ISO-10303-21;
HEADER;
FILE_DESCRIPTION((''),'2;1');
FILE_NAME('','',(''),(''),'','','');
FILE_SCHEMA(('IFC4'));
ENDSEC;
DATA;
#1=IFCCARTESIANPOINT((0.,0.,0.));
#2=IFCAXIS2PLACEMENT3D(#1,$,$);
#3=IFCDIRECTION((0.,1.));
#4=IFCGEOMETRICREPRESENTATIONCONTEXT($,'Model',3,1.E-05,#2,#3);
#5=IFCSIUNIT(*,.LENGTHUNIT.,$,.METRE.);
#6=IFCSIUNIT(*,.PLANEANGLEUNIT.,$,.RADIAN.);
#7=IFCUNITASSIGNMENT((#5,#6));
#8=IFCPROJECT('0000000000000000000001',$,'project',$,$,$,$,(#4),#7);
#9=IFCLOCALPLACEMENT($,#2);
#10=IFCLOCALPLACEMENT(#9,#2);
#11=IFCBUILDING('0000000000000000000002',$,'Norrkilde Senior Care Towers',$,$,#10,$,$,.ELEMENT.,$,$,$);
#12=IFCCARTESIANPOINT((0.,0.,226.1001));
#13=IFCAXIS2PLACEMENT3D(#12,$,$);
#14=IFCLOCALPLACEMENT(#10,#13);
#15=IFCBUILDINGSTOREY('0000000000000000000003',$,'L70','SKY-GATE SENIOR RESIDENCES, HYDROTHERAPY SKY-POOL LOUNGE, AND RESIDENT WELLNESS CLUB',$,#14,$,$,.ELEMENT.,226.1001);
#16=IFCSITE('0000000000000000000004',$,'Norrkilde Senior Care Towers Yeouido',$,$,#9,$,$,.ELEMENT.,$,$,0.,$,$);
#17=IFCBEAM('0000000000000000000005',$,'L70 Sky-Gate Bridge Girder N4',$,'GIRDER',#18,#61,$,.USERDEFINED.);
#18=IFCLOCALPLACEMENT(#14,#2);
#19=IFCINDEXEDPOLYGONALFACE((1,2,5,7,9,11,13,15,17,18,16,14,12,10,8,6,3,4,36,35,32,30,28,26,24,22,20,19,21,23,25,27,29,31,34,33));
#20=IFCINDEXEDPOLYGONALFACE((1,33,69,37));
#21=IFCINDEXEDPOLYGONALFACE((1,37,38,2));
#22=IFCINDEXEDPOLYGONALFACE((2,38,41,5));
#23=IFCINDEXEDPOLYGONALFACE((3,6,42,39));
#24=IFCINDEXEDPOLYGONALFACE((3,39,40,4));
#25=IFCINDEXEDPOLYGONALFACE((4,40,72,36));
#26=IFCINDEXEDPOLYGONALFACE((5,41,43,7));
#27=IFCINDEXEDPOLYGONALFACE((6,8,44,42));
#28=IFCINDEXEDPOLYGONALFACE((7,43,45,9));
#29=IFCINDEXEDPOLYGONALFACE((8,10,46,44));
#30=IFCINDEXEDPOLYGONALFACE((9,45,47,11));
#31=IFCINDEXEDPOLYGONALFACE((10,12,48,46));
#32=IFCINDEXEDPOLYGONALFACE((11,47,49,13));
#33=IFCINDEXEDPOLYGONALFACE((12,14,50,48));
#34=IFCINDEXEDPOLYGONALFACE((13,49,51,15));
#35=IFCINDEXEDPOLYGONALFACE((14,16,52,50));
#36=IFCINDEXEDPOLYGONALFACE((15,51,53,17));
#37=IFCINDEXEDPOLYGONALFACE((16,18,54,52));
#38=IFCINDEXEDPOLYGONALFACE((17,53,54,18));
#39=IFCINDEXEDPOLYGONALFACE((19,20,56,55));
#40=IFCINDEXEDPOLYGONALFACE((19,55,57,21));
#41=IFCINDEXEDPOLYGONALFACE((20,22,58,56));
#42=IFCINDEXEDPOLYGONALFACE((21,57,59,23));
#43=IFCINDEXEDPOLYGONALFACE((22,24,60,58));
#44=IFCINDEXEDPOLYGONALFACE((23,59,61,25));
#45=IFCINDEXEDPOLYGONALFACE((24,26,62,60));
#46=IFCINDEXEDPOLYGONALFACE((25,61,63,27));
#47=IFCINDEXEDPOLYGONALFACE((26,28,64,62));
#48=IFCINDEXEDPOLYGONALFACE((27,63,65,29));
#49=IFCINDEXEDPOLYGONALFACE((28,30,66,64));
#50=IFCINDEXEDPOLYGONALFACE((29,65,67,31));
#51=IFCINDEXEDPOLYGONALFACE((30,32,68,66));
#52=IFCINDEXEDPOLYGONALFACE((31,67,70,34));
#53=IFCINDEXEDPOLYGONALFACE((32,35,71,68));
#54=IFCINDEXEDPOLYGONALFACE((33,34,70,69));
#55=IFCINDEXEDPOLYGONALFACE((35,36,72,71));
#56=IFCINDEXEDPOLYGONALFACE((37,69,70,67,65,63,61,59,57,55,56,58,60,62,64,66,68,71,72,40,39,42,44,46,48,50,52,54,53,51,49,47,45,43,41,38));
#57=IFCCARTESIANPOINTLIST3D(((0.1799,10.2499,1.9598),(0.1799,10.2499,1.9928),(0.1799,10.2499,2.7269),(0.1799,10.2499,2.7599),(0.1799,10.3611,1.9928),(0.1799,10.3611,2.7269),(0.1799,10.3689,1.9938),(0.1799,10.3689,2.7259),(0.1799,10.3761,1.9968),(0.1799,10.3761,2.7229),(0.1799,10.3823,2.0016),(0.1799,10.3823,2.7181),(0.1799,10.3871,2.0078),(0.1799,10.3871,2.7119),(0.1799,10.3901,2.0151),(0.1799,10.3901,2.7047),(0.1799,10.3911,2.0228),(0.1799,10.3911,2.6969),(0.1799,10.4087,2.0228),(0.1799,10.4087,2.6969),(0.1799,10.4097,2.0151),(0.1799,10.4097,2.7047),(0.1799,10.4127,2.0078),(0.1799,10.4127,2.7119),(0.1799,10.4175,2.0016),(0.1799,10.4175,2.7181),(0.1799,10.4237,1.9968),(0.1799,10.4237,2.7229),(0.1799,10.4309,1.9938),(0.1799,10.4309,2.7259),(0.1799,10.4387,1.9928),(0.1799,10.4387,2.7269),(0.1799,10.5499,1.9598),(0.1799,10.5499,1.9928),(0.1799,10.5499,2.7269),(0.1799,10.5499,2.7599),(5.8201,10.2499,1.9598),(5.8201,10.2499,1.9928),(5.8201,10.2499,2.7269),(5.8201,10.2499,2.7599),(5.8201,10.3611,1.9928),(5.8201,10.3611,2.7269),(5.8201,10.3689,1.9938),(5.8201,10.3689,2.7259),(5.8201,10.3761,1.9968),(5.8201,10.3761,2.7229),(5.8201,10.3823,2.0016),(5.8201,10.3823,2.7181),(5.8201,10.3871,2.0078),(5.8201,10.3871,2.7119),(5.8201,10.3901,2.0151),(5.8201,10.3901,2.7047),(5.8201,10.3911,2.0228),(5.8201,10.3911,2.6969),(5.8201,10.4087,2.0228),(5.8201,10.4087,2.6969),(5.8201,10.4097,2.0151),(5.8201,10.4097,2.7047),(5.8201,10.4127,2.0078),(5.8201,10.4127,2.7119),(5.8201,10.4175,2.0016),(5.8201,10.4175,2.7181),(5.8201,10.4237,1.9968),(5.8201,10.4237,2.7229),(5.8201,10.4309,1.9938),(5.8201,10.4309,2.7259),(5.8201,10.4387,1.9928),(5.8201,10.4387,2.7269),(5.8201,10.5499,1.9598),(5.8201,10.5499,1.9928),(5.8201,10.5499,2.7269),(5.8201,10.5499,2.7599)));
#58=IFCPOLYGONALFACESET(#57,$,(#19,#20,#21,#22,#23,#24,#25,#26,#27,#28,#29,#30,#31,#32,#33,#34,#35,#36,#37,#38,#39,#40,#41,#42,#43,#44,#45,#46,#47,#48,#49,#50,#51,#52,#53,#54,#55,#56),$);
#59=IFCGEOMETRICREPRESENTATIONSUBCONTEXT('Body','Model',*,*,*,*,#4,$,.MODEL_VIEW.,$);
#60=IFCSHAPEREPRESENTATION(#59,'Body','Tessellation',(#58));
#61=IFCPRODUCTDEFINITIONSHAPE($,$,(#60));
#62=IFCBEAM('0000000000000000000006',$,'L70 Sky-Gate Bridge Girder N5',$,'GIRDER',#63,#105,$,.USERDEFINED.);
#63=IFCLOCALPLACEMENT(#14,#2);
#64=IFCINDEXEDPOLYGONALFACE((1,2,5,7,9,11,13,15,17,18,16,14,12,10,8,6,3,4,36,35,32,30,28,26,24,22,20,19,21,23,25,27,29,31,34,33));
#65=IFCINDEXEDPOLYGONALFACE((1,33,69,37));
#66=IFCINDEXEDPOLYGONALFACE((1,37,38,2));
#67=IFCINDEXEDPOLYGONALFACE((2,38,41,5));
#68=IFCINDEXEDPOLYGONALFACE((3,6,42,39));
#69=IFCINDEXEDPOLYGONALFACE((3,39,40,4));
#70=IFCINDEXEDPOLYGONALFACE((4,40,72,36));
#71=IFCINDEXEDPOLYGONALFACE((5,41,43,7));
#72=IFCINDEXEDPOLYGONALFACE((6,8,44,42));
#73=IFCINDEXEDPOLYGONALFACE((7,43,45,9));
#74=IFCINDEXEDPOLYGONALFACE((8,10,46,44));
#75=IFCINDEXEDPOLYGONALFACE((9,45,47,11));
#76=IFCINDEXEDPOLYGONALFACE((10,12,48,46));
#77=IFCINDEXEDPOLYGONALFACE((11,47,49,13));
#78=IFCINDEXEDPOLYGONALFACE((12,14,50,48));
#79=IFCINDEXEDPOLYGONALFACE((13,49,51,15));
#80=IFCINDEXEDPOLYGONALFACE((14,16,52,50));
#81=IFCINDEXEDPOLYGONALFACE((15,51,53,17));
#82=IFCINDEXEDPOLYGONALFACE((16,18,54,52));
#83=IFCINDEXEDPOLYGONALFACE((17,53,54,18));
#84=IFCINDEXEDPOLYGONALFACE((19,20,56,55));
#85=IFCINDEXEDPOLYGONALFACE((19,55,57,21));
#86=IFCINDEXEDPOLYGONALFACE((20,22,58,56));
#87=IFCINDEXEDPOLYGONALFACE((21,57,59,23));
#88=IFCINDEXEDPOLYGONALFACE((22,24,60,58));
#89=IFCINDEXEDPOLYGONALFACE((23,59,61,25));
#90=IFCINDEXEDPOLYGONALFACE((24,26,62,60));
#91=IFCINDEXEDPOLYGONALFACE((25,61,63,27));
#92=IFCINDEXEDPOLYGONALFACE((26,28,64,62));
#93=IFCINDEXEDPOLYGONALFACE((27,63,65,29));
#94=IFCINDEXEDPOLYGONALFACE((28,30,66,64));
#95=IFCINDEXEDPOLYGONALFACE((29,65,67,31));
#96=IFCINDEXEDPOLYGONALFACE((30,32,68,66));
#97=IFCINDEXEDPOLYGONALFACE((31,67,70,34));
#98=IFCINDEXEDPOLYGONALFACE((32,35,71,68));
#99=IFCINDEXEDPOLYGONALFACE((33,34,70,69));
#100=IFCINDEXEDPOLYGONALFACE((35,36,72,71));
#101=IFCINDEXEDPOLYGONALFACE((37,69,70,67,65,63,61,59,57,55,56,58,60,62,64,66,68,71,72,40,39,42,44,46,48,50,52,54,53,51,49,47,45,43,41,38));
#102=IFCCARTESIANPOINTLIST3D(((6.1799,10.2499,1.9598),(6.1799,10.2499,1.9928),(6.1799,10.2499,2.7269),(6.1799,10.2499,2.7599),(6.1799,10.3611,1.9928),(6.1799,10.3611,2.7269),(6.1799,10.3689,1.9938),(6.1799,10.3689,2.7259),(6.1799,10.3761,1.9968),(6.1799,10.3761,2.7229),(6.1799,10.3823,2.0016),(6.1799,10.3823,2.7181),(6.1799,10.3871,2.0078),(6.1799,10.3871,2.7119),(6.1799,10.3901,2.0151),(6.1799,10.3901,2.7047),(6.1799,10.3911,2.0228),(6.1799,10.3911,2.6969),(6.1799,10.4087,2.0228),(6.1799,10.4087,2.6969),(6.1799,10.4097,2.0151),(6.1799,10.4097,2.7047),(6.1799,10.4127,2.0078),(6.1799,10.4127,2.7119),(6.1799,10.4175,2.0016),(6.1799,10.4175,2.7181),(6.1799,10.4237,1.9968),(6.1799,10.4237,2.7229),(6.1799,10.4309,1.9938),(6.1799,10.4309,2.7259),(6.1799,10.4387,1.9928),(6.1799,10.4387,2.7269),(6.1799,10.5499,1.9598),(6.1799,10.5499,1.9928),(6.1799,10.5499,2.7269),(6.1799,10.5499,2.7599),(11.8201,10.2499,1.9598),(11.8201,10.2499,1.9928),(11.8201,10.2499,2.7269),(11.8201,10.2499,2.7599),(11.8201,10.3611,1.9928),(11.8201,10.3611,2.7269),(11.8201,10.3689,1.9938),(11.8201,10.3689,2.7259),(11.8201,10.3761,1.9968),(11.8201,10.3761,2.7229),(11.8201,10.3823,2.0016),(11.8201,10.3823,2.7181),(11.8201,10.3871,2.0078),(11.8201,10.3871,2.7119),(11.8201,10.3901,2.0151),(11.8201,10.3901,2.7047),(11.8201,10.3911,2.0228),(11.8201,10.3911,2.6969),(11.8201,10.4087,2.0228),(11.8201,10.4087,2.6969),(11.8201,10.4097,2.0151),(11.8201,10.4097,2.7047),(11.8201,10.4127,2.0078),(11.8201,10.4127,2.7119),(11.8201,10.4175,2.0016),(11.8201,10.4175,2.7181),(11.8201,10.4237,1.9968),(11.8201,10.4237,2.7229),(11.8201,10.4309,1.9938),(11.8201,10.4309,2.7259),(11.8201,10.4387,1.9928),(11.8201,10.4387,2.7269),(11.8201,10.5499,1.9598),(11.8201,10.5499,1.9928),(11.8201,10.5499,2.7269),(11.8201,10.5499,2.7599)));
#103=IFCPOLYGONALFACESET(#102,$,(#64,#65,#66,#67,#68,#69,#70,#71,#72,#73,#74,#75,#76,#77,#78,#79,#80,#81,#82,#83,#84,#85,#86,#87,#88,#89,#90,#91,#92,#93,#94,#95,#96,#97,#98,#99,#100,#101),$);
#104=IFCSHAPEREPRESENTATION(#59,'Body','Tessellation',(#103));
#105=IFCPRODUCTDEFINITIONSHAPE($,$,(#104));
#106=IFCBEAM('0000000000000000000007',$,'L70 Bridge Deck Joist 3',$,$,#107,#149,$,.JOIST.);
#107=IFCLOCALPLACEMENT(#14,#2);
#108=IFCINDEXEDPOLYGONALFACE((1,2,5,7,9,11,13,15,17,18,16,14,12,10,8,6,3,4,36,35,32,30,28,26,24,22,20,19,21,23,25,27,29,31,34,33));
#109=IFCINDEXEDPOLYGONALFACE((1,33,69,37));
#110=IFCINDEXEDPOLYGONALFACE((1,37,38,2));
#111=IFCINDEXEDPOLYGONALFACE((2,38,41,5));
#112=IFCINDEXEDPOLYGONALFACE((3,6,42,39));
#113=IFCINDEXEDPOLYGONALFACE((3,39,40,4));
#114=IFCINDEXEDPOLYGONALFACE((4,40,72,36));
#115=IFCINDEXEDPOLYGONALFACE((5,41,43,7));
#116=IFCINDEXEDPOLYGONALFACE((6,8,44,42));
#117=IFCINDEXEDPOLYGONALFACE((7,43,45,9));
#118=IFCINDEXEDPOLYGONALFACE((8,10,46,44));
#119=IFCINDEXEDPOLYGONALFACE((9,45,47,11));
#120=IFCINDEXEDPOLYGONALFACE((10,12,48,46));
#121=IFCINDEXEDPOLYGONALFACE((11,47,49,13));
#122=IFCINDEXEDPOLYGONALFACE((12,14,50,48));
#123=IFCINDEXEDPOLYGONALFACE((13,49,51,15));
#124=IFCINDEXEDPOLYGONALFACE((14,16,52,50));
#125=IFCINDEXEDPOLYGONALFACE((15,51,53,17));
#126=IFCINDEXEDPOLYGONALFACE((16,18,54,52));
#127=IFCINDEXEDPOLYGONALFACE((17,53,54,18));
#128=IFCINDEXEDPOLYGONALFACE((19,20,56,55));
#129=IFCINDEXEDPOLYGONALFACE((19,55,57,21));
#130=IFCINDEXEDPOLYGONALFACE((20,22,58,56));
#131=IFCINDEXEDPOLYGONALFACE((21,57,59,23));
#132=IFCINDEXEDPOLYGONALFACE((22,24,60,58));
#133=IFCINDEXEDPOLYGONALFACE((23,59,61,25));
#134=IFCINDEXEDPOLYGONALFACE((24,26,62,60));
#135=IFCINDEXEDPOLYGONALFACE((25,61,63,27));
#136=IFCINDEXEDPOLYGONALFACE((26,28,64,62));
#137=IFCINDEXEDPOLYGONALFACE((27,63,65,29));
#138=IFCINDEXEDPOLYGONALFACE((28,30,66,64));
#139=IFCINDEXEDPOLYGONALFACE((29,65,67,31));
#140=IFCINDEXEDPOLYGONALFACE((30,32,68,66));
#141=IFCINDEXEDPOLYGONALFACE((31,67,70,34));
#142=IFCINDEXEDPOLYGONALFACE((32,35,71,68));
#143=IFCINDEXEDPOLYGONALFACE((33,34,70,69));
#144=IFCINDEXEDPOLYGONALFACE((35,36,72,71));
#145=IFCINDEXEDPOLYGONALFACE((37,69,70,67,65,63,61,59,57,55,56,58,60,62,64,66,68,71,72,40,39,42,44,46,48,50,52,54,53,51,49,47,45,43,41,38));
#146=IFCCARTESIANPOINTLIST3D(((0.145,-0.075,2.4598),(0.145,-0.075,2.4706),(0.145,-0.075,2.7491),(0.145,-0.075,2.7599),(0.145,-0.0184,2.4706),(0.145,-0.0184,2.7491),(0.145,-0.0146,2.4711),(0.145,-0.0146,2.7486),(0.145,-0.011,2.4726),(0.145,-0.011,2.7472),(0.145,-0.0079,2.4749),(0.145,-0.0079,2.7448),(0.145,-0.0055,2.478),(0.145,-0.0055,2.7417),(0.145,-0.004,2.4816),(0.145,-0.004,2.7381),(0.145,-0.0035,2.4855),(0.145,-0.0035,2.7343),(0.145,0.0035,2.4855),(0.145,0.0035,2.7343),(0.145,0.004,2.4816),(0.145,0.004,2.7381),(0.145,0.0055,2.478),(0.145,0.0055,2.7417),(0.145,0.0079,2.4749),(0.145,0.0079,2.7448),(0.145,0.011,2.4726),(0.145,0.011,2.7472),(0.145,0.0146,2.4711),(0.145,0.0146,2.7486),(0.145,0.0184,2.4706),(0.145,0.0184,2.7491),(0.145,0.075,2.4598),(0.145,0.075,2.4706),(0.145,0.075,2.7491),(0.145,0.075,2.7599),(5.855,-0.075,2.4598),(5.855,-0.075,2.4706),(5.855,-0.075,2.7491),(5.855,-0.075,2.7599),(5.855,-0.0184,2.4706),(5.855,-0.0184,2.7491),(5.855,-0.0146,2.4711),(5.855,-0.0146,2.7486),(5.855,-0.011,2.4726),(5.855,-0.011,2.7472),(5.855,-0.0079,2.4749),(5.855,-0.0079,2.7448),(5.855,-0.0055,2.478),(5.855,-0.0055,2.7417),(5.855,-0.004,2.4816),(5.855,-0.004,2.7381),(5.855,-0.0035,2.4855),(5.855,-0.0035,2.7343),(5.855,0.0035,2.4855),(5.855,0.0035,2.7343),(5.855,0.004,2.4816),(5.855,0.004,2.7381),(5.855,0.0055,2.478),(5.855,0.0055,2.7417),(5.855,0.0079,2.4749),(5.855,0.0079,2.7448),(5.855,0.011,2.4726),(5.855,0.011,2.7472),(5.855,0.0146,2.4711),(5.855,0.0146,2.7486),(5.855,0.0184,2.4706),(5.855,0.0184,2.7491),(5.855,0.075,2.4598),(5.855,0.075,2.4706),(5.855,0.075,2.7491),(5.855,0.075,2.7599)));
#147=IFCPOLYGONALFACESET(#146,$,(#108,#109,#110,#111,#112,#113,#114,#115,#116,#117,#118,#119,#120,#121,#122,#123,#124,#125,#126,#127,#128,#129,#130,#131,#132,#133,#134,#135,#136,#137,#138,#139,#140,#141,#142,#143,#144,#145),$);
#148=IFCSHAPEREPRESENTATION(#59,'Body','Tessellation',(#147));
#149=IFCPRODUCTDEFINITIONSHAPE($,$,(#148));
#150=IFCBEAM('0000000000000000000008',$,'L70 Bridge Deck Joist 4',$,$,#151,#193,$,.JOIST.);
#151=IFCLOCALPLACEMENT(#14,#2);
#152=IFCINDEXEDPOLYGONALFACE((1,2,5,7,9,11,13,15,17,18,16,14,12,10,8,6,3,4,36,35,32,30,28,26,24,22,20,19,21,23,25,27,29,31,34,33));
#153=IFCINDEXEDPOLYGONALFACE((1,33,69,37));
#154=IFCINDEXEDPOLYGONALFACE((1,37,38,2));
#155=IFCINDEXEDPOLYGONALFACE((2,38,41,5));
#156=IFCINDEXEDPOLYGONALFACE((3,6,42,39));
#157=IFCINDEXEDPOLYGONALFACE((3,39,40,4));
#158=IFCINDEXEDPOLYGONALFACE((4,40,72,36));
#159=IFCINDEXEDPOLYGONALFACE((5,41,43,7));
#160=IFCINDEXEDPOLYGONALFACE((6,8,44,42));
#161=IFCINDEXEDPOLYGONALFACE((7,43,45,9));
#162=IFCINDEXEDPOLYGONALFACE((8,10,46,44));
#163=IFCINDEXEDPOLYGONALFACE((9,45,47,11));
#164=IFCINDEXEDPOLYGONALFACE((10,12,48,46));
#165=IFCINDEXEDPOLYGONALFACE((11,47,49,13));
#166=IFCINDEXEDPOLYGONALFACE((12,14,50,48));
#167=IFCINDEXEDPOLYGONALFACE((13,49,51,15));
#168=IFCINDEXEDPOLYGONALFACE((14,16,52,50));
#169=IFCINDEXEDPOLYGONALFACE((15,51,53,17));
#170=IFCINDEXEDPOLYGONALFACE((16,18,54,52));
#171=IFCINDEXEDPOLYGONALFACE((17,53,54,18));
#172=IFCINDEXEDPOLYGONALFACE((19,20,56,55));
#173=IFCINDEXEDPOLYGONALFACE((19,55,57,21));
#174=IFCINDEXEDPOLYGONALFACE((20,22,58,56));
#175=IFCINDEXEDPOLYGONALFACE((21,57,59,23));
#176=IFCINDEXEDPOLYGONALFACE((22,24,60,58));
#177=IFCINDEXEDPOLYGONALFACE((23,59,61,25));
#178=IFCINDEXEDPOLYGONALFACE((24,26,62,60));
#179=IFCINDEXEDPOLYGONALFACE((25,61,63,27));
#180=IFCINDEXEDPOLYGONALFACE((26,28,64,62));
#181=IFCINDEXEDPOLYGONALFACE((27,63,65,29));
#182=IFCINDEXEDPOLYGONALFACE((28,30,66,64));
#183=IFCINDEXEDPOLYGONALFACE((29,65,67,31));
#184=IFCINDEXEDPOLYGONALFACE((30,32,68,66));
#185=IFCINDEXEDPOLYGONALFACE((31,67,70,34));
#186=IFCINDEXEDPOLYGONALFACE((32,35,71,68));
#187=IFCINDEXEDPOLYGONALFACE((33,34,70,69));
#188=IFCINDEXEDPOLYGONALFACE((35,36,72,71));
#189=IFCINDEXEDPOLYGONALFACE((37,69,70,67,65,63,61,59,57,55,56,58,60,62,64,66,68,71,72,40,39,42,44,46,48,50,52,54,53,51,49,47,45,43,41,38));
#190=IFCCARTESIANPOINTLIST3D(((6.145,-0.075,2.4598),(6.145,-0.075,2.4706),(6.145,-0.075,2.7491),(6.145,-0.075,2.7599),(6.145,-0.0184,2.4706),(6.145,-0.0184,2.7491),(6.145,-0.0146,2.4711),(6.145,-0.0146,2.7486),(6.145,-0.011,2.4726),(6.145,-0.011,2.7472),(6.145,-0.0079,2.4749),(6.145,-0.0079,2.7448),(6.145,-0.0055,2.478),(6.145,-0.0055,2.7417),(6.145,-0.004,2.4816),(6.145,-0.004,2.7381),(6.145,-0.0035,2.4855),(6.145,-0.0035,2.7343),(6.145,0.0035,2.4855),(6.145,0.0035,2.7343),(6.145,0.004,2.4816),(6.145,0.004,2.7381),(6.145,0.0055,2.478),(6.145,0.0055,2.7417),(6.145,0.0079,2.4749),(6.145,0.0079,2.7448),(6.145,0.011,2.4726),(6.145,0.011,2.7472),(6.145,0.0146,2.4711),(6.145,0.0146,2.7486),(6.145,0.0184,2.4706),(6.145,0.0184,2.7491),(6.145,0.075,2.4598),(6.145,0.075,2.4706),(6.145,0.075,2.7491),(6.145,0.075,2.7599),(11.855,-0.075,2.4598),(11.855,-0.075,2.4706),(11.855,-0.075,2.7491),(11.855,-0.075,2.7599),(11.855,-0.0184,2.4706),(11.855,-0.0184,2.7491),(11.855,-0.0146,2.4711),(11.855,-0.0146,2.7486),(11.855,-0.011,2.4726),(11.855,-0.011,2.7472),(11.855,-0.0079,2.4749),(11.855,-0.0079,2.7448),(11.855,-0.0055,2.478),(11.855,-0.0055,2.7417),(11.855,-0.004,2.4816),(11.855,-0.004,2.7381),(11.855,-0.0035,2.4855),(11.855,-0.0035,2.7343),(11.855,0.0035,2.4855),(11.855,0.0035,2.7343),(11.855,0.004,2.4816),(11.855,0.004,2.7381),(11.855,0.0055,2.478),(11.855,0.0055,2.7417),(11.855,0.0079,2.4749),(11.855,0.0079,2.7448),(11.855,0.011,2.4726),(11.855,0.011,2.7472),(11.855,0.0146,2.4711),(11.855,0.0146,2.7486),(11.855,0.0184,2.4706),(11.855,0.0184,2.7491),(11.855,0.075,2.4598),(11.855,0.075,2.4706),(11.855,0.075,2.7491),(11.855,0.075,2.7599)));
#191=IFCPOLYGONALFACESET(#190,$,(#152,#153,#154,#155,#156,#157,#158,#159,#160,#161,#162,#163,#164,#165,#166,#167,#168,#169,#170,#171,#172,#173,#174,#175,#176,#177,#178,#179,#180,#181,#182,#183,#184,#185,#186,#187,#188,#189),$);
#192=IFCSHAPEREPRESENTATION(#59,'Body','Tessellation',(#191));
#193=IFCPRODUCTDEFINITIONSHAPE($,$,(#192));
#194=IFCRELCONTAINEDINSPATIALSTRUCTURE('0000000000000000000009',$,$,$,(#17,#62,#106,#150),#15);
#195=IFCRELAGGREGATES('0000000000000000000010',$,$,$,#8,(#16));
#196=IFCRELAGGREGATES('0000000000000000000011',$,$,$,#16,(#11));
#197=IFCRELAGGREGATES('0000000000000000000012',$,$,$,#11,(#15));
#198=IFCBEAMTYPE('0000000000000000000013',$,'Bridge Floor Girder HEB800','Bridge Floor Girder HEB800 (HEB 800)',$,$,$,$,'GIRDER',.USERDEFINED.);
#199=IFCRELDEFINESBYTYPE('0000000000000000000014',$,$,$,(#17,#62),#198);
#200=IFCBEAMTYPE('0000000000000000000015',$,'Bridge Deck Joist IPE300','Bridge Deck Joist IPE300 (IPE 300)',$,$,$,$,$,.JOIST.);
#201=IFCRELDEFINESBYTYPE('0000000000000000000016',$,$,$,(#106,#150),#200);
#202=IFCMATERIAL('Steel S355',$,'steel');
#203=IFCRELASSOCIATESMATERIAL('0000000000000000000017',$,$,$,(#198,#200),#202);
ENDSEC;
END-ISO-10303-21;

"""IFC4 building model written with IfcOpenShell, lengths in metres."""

from ifc_helpers import new_model, si_unit, direction, frame, origin, origin_2d, place, context, subcontext, project, spatial, i_section, extrude, source, transform, mapped, material, material_profile, profile_set, type_object, type_shapes, element, save


model = new_model("IFC4")

# Units and contexts
model_context = context("Model", 3, precision=1e-05, world=origin(), true_north=direction((0.0, 1.0)))
body_context = subcontext(model_context, "Body", "Model", "MODEL_VIEW")
ifc_project = project(units=[si_unit("LENGTHUNIT", "METRE"), si_unit("PLANEANGLEUNIT", "RADIAN")], contexts=[model_context])

# Site, building, storey
site_placement = place(None, origin())
site = spatial("IfcSite", under=ifc_project, at=site_placement, Name="Norrkilde Senior Care Towers Yeouido", CompositionType="ELEMENT", RefElevation=0.0)
building_placement = place(site_placement, origin())
building = spatial("IfcBuilding", under=site, at=building_placement, Name="Norrkilde Senior Care Towers", CompositionType="ELEMENT")
storey_placement = place(building_placement, frame((0.0, 0.0, 226.1001)))
storey = spatial("IfcBuildingStorey", under=building, at=storey_placement, Name="L70", Description="SKY-GATE SENIOR RESIDENCES, HYDROTHERAPY SKY-POOL LOUNGE, AND RESIDENT WELLNESS CLUB", CompositionType="ELEMENT", Elevation=226.1001)

# Shared definitions
ifc_material_1 = material(Name="Steel S355", Category="steel")

# Beams
ifc_material_profile_1 = material_profile(ifc_material_1, i_section(OverallWidth=0.3, OverallDepth=0.8, WebThickness=0.0176, FlangeThickness=0.033, FilletRadius=0.03, at=origin_2d()), Name="HEB 800")
ifc_profile_set_1 = profile_set([ifc_material_profile_1], Name="Steel S355")
beam_type_1 = type_object("IfcBeamType", Name="Bridge Floor Girder HEB800", Description="Bridge Floor Girder HEB800 (HEB 800)", ElementType="GIRDER", PredefinedType="USERDEFINED", material=ifc_profile_set_1)
shared_shape_1 = source(origin(), body_context, "Body", "SweptSolid", [
    extrude(i_section(OverallWidth=0.3, OverallDepth=0.8, WebThickness=0.0176, FlangeThickness=0.033, FilletRadius=0.03, at=origin_2d()), origin(), (0.0, 0.0, 1.0), 5.6401),
])
type_shapes(beam_type_1, [shared_shape_1])
for number, where, z_axis, x_axis, name in (
    (1, (0.1799, 10.3999, 2.3599), (1.0, 0.0, 0.0), (0.0, 1.0, 0.0), "L70 Sky-Gate Bridge Girder N4"),
    (2, (6.1799, 10.3999, 2.3599), (1.0, 0.0, 0.0), (0.0, 1.0, 0.0), "L70 Sky-Gate Bridge Girder N5"),
):
    element("IfcBeam", number, at=place(storey_placement, frame(where, z_axis=z_axis, x_axis=x_axis)), inside=storey, type_object=beam_type_1, Name=name, ObjectType="GIRDER", PredefinedType="USERDEFINED", context=body_context, shape_type="MappedRepresentation", body=[
        mapped(shared_shape_1, transform((0.0, 0.0, 0.0), x_axis=(1.0, 0.0, 0.0), y_axis=(0.0, 1.0, 0.0), z_axis=(0.0, 0.0, 1.0), scale=1.0)),
    ])
ifc_material_profile_2 = material_profile(ifc_material_1, i_section(OverallWidth=0.1499, OverallDepth=0.3, WebThickness=0.0071, FlangeThickness=0.0107, FilletRadius=0.0149, at=origin_2d()), Name="IPE 300")
ifc_profile_set_2 = profile_set([ifc_material_profile_2], Name="Steel S355")
beam_type_2 = type_object("IfcBeamType", Name="Bridge Deck Joist IPE300", Description="Bridge Deck Joist IPE300 (IPE 300)", PredefinedType="JOIST", material=ifc_profile_set_2)
shared_shape_2 = source(origin(), body_context, "Body", "SweptSolid", [
    extrude(i_section(OverallWidth=0.1499, OverallDepth=0.3, WebThickness=0.0071, FlangeThickness=0.0107, FilletRadius=0.0149, at=origin_2d()), origin(), (0.0, 0.0, 1.0), 5.71),
])
type_shapes(beam_type_2, [shared_shape_2])
for number, where, z_axis, x_axis, name in (
    (3, (0.145, 0.0, 2.6099), (1.0, 0.0, 0.0), (0.0, 1.0, 0.0), "L70 Bridge Deck Joist 3"),
    (4, (6.145, 0.0, 2.6099), (1.0, 0.0, 0.0), (0.0, 1.0, 0.0), "L70 Bridge Deck Joist 4"),
):
    element("IfcBeam", number, at=place(storey_placement, frame(where, z_axis=z_axis, x_axis=x_axis)), inside=storey, type_object=beam_type_2, Name=name, PredefinedType="JOIST", context=body_context, shape_type="MappedRepresentation", body=[
        mapped(shared_shape_2, transform((0.0, 0.0, 0.0), x_axis=(1.0, 0.0, 0.0), y_axis=(0.0, 1.0, 0.0), z_axis=(0.0, 0.0, 1.0), scale=1.0)),
    ])

save(model, "model.ifc")
